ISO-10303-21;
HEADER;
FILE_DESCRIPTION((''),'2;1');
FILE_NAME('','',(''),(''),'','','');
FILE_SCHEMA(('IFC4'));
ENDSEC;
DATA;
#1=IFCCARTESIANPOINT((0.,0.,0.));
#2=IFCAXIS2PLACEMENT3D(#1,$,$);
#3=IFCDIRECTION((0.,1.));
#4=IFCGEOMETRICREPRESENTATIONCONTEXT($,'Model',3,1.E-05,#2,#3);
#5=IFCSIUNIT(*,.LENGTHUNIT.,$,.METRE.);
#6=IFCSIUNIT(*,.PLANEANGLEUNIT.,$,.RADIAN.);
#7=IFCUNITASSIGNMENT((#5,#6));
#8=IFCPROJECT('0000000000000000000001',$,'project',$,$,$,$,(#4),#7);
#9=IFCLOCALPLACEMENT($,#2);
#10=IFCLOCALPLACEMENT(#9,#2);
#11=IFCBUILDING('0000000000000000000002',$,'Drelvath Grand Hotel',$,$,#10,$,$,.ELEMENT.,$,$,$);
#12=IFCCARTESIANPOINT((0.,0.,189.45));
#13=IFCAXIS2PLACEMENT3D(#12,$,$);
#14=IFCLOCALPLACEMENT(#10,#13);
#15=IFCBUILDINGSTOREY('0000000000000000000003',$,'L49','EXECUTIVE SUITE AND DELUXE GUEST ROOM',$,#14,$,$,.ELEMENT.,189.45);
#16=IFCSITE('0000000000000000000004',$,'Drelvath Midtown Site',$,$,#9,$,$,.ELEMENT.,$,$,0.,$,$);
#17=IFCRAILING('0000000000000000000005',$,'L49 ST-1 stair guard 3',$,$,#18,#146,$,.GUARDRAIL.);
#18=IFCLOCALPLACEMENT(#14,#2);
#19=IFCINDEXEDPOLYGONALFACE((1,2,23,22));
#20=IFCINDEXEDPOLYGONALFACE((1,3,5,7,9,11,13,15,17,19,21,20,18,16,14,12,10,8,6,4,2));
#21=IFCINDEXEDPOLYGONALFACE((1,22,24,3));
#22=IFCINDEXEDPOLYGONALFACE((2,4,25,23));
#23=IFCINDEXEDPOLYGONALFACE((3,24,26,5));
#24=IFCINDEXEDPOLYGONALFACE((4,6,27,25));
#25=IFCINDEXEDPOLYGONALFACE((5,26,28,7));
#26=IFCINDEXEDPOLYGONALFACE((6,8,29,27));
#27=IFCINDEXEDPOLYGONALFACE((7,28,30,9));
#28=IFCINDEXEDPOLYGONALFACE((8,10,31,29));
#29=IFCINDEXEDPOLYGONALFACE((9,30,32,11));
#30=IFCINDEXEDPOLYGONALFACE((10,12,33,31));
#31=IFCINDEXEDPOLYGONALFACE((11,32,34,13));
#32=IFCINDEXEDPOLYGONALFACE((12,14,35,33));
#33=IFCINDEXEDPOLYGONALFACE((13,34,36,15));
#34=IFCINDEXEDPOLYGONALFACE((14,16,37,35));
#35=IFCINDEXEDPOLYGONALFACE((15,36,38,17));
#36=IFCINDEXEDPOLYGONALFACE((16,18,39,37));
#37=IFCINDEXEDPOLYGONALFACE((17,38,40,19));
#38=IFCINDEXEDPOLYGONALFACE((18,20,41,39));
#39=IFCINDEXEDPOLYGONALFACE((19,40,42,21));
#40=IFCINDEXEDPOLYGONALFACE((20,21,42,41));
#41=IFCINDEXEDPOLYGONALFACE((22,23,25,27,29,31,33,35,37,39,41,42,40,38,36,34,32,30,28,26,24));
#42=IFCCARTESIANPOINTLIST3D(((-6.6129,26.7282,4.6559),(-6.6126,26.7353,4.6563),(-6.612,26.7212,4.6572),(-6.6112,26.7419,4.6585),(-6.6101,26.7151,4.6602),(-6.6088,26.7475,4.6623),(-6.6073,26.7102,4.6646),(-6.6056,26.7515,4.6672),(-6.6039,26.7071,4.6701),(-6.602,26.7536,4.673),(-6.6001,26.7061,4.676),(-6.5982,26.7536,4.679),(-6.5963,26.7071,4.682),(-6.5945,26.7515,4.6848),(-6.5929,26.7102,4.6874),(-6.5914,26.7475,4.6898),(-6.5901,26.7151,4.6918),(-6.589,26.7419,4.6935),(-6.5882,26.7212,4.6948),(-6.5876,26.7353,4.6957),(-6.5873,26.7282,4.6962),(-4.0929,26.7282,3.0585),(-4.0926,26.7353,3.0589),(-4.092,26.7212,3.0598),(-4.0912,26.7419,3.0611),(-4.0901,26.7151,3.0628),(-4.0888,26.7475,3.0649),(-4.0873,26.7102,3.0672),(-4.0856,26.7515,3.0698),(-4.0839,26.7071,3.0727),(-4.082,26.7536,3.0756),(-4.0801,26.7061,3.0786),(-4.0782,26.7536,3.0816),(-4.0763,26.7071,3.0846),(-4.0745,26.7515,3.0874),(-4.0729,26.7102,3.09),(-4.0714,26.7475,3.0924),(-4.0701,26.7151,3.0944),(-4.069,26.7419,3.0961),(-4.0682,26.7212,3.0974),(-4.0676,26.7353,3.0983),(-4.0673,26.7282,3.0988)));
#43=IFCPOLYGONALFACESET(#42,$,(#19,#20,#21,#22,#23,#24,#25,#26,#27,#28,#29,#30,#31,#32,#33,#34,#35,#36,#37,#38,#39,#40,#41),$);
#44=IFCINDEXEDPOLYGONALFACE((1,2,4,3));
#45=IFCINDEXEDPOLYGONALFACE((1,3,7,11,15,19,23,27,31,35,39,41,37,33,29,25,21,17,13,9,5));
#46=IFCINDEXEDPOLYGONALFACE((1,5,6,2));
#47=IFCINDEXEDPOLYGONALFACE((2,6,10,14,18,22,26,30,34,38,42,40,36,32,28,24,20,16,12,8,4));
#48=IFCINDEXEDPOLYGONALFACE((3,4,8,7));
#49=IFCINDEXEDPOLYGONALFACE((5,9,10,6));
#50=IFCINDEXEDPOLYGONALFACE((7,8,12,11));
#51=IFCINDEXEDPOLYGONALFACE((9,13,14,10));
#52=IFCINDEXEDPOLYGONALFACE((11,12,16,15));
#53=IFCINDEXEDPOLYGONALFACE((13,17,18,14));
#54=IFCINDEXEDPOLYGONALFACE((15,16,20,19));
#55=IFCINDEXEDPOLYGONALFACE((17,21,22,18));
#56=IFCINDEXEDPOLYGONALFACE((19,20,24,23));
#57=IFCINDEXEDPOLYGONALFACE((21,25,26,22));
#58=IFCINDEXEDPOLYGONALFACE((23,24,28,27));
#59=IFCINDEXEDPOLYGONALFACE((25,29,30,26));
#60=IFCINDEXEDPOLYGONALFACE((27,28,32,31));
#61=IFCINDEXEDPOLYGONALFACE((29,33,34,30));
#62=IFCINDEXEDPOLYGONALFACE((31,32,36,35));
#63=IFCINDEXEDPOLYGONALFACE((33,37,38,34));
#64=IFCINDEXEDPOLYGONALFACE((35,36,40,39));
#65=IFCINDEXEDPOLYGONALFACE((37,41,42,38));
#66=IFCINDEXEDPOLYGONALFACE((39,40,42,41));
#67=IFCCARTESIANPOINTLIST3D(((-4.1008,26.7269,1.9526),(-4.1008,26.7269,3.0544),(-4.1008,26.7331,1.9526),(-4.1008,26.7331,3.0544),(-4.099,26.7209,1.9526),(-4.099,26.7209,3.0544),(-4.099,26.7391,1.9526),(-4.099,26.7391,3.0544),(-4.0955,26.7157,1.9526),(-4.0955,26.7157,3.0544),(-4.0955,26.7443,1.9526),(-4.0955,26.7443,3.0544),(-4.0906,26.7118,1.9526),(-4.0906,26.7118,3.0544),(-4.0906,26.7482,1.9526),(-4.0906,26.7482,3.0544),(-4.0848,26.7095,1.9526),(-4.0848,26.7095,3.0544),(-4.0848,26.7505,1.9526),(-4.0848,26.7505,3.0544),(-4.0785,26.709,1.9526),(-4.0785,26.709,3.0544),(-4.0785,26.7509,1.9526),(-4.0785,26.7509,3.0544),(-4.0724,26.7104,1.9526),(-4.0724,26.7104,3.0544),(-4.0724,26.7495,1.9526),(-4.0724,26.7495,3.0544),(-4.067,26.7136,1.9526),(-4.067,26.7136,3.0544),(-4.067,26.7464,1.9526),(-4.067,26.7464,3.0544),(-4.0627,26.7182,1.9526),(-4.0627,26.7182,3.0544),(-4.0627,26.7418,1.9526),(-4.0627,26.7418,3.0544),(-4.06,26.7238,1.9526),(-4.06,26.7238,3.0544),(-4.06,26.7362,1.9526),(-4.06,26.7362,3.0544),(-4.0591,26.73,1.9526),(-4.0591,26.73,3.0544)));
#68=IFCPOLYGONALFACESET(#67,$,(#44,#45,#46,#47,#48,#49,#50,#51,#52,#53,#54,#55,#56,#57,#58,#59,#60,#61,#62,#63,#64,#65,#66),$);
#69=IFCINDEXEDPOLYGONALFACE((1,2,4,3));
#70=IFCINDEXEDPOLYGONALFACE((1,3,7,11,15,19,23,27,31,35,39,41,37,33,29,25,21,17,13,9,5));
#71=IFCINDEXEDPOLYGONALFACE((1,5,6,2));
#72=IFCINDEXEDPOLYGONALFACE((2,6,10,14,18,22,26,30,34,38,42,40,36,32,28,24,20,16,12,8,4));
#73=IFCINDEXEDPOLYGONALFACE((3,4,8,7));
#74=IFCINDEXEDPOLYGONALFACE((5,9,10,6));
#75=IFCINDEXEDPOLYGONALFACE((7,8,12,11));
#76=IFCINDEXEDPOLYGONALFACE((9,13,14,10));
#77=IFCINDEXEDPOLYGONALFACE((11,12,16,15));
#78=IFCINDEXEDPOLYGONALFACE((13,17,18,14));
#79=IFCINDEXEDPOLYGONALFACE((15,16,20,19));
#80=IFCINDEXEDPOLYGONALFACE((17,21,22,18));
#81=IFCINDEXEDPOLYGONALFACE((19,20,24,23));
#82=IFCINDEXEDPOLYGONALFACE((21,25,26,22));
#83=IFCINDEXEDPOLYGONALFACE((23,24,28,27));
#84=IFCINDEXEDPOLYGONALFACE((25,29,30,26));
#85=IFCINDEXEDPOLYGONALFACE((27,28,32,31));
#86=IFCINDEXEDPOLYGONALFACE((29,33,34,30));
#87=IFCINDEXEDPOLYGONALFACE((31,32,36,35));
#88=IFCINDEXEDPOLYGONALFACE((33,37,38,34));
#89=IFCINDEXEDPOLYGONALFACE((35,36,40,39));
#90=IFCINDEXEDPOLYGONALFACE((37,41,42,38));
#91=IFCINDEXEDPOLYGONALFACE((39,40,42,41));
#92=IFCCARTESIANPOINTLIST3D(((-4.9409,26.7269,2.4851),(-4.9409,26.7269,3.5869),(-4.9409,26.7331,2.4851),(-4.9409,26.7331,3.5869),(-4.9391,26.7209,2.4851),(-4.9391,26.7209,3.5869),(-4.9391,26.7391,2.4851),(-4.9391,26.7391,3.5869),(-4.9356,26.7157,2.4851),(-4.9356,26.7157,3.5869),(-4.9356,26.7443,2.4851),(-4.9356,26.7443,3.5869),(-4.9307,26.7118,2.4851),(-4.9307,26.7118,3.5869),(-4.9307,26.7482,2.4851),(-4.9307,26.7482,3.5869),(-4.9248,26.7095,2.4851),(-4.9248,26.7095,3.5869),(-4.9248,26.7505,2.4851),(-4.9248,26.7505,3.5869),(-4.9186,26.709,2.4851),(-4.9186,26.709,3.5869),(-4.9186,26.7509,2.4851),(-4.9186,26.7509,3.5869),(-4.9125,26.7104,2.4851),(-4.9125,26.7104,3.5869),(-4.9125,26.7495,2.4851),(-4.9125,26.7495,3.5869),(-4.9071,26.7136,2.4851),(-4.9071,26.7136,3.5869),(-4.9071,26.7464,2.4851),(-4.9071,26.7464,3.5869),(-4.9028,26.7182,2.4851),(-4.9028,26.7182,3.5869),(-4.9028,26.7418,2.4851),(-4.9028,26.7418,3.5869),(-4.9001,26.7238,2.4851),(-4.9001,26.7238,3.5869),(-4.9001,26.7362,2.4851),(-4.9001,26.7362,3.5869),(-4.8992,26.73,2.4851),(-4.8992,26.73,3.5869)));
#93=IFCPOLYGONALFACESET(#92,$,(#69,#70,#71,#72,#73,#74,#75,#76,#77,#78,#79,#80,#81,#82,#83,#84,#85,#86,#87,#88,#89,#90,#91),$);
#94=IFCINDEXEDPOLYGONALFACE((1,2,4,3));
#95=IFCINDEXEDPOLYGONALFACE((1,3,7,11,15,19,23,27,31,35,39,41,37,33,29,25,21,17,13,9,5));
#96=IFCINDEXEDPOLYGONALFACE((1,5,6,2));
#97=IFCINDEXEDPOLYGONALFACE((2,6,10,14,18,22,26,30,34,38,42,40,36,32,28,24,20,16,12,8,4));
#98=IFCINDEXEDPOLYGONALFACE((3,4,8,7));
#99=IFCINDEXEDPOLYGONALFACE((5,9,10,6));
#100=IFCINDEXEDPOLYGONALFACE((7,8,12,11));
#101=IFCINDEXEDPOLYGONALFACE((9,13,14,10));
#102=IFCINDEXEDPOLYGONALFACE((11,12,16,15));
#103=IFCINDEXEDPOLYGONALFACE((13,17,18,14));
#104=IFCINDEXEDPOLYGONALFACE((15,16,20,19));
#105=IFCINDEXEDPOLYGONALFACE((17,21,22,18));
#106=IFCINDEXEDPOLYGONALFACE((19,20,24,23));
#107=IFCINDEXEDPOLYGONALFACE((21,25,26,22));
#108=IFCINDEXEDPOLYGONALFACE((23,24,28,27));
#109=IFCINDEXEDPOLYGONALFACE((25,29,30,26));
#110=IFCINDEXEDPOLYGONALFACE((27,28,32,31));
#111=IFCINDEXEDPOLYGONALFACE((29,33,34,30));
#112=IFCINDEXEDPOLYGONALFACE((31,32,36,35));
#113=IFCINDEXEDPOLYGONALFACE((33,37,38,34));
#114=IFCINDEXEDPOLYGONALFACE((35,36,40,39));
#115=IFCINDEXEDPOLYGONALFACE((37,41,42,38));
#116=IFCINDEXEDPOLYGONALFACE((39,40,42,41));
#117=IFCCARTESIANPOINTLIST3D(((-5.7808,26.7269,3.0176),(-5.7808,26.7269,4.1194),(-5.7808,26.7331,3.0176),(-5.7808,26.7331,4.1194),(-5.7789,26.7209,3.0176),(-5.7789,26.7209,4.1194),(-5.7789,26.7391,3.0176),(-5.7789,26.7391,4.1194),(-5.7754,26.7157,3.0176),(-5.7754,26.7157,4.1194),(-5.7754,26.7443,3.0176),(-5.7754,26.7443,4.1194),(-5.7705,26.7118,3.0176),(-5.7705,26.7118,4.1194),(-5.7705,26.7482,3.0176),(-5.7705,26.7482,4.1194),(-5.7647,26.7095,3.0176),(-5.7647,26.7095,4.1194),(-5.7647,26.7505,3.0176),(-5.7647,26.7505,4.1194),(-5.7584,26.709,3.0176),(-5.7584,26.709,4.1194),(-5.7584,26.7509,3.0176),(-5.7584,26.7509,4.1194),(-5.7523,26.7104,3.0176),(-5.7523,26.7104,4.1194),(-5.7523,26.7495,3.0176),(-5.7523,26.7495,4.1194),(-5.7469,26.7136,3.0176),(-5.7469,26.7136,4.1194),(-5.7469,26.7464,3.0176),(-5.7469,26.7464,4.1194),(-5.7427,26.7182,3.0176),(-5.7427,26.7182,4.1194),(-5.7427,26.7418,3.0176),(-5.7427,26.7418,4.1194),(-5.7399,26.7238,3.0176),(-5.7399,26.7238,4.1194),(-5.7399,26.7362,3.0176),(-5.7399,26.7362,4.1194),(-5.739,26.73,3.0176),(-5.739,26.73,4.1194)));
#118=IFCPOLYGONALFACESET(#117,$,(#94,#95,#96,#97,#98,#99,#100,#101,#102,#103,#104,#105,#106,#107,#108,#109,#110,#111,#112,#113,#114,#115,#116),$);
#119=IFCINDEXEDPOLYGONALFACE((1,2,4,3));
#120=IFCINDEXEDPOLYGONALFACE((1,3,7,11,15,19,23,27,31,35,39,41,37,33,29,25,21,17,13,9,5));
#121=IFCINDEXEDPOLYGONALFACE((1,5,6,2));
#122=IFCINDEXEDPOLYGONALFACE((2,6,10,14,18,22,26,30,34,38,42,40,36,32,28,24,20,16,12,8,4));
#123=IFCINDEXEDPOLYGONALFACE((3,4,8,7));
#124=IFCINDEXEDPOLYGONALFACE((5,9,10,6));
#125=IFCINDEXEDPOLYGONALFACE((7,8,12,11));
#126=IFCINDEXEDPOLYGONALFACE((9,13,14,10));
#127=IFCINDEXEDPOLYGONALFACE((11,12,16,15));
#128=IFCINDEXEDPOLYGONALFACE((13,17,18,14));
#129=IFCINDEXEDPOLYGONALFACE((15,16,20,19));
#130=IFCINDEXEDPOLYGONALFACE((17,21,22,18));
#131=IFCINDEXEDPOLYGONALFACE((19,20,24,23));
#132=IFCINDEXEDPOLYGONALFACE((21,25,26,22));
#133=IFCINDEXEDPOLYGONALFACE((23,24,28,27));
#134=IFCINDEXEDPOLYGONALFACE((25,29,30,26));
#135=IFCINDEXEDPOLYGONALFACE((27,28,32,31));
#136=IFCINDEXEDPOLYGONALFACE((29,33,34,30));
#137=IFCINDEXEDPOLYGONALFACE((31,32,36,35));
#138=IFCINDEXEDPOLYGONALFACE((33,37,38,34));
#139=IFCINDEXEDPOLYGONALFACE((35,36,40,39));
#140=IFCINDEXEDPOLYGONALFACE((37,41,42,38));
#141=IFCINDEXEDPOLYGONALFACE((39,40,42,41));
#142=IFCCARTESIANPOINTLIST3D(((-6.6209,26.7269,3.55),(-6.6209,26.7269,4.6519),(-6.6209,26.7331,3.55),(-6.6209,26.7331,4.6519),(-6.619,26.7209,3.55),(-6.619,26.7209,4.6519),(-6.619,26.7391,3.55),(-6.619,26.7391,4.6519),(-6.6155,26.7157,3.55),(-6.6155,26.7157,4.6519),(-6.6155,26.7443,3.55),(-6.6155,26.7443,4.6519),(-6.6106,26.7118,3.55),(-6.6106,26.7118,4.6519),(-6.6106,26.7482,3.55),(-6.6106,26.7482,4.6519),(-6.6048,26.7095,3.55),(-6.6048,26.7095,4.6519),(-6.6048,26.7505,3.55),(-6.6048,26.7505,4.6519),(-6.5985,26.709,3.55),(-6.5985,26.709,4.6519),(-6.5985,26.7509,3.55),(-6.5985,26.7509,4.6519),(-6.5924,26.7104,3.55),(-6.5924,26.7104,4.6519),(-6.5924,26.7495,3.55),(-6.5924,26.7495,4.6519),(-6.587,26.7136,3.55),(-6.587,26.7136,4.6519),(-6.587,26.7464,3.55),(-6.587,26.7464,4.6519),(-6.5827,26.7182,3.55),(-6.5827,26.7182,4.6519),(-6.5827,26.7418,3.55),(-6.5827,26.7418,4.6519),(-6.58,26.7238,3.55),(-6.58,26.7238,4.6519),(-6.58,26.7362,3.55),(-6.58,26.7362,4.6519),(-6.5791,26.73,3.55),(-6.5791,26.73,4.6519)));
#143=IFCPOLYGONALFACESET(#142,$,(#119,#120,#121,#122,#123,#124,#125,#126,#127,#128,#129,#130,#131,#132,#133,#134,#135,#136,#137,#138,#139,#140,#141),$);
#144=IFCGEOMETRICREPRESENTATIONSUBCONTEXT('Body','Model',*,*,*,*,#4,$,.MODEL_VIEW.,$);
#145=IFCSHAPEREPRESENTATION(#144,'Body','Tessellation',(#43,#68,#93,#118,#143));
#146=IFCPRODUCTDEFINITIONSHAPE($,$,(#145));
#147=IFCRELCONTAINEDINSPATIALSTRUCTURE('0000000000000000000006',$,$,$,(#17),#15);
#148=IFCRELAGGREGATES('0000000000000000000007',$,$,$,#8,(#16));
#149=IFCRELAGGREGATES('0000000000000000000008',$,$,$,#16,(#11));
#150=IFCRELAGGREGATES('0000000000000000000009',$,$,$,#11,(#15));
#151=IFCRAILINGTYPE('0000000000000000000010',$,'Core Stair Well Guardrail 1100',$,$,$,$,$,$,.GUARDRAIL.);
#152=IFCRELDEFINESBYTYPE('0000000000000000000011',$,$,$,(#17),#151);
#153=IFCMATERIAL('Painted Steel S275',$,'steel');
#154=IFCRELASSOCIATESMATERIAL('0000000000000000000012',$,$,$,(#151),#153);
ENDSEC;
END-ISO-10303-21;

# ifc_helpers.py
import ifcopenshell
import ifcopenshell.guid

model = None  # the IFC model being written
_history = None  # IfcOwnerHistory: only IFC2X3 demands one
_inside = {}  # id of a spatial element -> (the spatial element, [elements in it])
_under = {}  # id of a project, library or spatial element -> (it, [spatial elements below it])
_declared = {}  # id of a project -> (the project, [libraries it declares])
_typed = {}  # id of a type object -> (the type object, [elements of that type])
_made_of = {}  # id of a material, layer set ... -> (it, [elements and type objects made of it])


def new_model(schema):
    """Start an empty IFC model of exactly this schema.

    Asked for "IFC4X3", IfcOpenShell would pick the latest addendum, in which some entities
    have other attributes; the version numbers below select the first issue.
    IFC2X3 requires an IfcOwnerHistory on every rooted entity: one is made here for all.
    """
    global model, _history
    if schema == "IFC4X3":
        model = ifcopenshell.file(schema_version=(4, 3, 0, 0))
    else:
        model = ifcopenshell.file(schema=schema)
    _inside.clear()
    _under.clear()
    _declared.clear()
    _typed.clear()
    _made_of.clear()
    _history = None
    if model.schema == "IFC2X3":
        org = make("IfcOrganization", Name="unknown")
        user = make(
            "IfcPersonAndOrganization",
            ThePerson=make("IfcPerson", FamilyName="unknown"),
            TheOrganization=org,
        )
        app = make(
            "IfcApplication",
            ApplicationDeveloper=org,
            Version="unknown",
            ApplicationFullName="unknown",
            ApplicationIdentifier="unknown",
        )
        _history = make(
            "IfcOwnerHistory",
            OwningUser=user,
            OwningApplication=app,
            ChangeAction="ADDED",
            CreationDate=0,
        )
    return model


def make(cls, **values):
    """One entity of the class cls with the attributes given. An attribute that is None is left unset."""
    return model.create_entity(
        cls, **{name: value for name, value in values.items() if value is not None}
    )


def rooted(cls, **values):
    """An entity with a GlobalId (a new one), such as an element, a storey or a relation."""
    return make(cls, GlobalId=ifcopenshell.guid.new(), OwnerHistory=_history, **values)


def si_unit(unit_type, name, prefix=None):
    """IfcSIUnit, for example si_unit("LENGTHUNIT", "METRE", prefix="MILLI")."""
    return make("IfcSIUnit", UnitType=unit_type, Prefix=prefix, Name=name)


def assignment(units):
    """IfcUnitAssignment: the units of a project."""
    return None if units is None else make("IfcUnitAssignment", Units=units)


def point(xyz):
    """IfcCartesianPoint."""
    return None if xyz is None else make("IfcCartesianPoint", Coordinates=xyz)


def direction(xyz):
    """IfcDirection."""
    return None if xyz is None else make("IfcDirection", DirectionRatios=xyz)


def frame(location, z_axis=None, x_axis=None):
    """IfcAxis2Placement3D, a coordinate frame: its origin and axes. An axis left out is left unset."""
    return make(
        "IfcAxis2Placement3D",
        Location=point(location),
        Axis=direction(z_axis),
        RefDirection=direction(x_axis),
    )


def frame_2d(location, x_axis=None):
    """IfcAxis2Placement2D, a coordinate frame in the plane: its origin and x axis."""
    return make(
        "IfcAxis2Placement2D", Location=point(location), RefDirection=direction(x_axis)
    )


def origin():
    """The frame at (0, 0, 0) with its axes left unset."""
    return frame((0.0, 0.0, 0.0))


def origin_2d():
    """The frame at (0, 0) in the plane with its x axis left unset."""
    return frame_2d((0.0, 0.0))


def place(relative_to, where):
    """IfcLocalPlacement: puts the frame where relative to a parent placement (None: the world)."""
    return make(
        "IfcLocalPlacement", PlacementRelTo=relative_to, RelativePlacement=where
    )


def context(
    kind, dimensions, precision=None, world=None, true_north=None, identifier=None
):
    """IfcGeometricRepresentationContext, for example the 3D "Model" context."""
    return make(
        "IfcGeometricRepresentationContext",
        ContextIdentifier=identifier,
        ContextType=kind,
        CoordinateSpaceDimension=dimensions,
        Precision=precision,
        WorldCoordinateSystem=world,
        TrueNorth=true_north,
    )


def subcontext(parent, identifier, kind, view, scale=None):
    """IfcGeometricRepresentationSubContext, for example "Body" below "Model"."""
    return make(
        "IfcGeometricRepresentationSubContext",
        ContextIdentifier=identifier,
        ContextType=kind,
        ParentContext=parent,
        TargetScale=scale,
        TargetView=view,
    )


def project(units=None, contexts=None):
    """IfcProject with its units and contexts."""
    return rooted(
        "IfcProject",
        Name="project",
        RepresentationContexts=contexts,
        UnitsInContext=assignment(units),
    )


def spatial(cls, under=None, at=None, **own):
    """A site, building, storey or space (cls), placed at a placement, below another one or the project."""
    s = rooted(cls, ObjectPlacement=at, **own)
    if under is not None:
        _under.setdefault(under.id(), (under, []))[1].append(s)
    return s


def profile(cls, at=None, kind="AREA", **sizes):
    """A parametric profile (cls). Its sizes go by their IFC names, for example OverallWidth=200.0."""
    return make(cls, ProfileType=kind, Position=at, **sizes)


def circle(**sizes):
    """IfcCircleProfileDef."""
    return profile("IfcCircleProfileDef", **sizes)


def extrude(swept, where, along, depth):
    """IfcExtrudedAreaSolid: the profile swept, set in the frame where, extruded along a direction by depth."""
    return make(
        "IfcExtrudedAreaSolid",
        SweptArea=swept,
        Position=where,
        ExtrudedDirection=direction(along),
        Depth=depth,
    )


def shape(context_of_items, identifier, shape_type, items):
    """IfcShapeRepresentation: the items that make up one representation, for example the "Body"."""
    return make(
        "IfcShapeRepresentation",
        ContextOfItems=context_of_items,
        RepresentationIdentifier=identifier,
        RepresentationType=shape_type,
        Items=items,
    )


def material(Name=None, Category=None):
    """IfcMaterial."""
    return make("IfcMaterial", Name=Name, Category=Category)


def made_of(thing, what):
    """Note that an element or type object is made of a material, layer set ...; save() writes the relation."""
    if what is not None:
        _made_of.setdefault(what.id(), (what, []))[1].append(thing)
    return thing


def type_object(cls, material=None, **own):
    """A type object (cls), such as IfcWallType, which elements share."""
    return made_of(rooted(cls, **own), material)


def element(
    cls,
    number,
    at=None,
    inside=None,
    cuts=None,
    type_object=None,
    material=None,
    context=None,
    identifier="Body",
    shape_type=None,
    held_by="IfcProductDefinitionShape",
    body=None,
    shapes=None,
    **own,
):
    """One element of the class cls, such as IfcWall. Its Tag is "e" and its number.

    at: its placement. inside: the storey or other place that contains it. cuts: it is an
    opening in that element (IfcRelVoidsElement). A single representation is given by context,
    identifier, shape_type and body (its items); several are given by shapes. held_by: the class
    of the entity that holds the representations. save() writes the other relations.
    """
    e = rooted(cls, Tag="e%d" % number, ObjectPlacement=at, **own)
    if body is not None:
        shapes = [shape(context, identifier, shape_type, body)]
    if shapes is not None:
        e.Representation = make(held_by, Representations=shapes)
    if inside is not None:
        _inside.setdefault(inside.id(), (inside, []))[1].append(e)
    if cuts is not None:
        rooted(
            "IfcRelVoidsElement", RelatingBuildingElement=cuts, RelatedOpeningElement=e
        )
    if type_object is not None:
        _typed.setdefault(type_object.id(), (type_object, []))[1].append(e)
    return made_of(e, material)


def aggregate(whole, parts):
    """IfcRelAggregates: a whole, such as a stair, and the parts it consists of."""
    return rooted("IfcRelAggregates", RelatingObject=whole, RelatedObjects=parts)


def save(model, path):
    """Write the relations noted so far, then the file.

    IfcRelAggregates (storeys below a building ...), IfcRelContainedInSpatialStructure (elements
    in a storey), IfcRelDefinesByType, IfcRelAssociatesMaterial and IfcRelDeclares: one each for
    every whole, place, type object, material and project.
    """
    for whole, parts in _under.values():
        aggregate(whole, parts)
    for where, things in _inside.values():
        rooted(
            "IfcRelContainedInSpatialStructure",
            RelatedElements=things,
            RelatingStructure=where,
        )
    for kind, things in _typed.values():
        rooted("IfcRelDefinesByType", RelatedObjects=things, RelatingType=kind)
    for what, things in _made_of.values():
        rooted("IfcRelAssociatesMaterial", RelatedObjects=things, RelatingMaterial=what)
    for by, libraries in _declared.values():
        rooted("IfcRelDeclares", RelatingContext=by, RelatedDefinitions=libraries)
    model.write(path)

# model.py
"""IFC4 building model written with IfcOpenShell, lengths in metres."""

from ifc_helpers import new_model, si_unit, direction, frame, origin, origin_2d, place, context, subcontext, project, spatial, circle, extrude, material, type_object, element, save


model = new_model("IFC4")

# Units and contexts
model_context = context("Model", 3, precision=1e-05, world=origin(), true_north=direction((0.0, 1.0)))
body_context = subcontext(model_context, "Body", "Model", "MODEL_VIEW")
ifc_project = project(units=[si_unit("LENGTHUNIT", "METRE"), si_unit("PLANEANGLEUNIT", "RADIAN")], contexts=[model_context])

# Site, building, storey
site_placement = place(None, origin())
site = spatial("IfcSite", under=ifc_project, at=site_placement, Name="Drelvath Midtown Site", CompositionType="ELEMENT", RefElevation=0.0)
building_placement = place(site_placement, origin())
building = spatial("IfcBuilding", under=site, at=building_placement, Name="Drelvath Grand Hotel", CompositionType="ELEMENT")
storey_placement = place(building_placement, frame((0.0, 0.0, 189.45)))
storey = spatial("IfcBuildingStorey", under=building, at=storey_placement, Name="L49", Description="EXECUTIVE SUITE AND DELUXE GUEST ROOM", CompositionType="ELEMENT", Elevation=189.45)

# Shared definitions
ifc_material_1 = material(Name="Painted Steel S275", Category="steel")

# Railing
railing_type_1 = type_object("IfcRailingType", Name="Core Stair Well Guardrail 1100", PredefinedType="GUARDRAIL", material=ifc_material_1)
railing_1_placement = place(storey_placement, frame((-4.0801, 26.73, 1.9526)))
element("IfcRailing", 1, at=railing_1_placement, inside=storey, type_object=railing_type_1, Name="L49 ST-1 stair guard 3", PredefinedType="GUARDRAIL", context=body_context, shape_type="SweptSolid", body=[
    extrude(circle(Radius=0.0239, at=origin_2d()), frame((0.0, 0.0, 1.126), z_axis=(-0.844607, 0.0, 0.535387), x_axis=(0.0, -1.0, 0.0)), (0.0, 0.0, 1.0), 2.9836),
    extrude(circle(Radius=0.021, at=origin_2d()), origin(), (0.0, 0.0, 1.0), 1.1018),
    extrude(circle(Radius=0.021, at=origin_2d()), frame((-0.8401, 0.0, 0.5325)), (0.0, 0.0, 1.0), 1.1018),
    extrude(circle(Radius=0.021, at=origin_2d()), frame((-1.6799, 0.0, 1.0649)), (0.0, 0.0, 1.0), 1.1018),
    extrude(circle(Radius=0.021, at=origin_2d()), frame((-2.52, 0.0, 1.5974)), (0.0, 0.0, 1.0), 1.1018),
])

save(model, "model.ifc")
